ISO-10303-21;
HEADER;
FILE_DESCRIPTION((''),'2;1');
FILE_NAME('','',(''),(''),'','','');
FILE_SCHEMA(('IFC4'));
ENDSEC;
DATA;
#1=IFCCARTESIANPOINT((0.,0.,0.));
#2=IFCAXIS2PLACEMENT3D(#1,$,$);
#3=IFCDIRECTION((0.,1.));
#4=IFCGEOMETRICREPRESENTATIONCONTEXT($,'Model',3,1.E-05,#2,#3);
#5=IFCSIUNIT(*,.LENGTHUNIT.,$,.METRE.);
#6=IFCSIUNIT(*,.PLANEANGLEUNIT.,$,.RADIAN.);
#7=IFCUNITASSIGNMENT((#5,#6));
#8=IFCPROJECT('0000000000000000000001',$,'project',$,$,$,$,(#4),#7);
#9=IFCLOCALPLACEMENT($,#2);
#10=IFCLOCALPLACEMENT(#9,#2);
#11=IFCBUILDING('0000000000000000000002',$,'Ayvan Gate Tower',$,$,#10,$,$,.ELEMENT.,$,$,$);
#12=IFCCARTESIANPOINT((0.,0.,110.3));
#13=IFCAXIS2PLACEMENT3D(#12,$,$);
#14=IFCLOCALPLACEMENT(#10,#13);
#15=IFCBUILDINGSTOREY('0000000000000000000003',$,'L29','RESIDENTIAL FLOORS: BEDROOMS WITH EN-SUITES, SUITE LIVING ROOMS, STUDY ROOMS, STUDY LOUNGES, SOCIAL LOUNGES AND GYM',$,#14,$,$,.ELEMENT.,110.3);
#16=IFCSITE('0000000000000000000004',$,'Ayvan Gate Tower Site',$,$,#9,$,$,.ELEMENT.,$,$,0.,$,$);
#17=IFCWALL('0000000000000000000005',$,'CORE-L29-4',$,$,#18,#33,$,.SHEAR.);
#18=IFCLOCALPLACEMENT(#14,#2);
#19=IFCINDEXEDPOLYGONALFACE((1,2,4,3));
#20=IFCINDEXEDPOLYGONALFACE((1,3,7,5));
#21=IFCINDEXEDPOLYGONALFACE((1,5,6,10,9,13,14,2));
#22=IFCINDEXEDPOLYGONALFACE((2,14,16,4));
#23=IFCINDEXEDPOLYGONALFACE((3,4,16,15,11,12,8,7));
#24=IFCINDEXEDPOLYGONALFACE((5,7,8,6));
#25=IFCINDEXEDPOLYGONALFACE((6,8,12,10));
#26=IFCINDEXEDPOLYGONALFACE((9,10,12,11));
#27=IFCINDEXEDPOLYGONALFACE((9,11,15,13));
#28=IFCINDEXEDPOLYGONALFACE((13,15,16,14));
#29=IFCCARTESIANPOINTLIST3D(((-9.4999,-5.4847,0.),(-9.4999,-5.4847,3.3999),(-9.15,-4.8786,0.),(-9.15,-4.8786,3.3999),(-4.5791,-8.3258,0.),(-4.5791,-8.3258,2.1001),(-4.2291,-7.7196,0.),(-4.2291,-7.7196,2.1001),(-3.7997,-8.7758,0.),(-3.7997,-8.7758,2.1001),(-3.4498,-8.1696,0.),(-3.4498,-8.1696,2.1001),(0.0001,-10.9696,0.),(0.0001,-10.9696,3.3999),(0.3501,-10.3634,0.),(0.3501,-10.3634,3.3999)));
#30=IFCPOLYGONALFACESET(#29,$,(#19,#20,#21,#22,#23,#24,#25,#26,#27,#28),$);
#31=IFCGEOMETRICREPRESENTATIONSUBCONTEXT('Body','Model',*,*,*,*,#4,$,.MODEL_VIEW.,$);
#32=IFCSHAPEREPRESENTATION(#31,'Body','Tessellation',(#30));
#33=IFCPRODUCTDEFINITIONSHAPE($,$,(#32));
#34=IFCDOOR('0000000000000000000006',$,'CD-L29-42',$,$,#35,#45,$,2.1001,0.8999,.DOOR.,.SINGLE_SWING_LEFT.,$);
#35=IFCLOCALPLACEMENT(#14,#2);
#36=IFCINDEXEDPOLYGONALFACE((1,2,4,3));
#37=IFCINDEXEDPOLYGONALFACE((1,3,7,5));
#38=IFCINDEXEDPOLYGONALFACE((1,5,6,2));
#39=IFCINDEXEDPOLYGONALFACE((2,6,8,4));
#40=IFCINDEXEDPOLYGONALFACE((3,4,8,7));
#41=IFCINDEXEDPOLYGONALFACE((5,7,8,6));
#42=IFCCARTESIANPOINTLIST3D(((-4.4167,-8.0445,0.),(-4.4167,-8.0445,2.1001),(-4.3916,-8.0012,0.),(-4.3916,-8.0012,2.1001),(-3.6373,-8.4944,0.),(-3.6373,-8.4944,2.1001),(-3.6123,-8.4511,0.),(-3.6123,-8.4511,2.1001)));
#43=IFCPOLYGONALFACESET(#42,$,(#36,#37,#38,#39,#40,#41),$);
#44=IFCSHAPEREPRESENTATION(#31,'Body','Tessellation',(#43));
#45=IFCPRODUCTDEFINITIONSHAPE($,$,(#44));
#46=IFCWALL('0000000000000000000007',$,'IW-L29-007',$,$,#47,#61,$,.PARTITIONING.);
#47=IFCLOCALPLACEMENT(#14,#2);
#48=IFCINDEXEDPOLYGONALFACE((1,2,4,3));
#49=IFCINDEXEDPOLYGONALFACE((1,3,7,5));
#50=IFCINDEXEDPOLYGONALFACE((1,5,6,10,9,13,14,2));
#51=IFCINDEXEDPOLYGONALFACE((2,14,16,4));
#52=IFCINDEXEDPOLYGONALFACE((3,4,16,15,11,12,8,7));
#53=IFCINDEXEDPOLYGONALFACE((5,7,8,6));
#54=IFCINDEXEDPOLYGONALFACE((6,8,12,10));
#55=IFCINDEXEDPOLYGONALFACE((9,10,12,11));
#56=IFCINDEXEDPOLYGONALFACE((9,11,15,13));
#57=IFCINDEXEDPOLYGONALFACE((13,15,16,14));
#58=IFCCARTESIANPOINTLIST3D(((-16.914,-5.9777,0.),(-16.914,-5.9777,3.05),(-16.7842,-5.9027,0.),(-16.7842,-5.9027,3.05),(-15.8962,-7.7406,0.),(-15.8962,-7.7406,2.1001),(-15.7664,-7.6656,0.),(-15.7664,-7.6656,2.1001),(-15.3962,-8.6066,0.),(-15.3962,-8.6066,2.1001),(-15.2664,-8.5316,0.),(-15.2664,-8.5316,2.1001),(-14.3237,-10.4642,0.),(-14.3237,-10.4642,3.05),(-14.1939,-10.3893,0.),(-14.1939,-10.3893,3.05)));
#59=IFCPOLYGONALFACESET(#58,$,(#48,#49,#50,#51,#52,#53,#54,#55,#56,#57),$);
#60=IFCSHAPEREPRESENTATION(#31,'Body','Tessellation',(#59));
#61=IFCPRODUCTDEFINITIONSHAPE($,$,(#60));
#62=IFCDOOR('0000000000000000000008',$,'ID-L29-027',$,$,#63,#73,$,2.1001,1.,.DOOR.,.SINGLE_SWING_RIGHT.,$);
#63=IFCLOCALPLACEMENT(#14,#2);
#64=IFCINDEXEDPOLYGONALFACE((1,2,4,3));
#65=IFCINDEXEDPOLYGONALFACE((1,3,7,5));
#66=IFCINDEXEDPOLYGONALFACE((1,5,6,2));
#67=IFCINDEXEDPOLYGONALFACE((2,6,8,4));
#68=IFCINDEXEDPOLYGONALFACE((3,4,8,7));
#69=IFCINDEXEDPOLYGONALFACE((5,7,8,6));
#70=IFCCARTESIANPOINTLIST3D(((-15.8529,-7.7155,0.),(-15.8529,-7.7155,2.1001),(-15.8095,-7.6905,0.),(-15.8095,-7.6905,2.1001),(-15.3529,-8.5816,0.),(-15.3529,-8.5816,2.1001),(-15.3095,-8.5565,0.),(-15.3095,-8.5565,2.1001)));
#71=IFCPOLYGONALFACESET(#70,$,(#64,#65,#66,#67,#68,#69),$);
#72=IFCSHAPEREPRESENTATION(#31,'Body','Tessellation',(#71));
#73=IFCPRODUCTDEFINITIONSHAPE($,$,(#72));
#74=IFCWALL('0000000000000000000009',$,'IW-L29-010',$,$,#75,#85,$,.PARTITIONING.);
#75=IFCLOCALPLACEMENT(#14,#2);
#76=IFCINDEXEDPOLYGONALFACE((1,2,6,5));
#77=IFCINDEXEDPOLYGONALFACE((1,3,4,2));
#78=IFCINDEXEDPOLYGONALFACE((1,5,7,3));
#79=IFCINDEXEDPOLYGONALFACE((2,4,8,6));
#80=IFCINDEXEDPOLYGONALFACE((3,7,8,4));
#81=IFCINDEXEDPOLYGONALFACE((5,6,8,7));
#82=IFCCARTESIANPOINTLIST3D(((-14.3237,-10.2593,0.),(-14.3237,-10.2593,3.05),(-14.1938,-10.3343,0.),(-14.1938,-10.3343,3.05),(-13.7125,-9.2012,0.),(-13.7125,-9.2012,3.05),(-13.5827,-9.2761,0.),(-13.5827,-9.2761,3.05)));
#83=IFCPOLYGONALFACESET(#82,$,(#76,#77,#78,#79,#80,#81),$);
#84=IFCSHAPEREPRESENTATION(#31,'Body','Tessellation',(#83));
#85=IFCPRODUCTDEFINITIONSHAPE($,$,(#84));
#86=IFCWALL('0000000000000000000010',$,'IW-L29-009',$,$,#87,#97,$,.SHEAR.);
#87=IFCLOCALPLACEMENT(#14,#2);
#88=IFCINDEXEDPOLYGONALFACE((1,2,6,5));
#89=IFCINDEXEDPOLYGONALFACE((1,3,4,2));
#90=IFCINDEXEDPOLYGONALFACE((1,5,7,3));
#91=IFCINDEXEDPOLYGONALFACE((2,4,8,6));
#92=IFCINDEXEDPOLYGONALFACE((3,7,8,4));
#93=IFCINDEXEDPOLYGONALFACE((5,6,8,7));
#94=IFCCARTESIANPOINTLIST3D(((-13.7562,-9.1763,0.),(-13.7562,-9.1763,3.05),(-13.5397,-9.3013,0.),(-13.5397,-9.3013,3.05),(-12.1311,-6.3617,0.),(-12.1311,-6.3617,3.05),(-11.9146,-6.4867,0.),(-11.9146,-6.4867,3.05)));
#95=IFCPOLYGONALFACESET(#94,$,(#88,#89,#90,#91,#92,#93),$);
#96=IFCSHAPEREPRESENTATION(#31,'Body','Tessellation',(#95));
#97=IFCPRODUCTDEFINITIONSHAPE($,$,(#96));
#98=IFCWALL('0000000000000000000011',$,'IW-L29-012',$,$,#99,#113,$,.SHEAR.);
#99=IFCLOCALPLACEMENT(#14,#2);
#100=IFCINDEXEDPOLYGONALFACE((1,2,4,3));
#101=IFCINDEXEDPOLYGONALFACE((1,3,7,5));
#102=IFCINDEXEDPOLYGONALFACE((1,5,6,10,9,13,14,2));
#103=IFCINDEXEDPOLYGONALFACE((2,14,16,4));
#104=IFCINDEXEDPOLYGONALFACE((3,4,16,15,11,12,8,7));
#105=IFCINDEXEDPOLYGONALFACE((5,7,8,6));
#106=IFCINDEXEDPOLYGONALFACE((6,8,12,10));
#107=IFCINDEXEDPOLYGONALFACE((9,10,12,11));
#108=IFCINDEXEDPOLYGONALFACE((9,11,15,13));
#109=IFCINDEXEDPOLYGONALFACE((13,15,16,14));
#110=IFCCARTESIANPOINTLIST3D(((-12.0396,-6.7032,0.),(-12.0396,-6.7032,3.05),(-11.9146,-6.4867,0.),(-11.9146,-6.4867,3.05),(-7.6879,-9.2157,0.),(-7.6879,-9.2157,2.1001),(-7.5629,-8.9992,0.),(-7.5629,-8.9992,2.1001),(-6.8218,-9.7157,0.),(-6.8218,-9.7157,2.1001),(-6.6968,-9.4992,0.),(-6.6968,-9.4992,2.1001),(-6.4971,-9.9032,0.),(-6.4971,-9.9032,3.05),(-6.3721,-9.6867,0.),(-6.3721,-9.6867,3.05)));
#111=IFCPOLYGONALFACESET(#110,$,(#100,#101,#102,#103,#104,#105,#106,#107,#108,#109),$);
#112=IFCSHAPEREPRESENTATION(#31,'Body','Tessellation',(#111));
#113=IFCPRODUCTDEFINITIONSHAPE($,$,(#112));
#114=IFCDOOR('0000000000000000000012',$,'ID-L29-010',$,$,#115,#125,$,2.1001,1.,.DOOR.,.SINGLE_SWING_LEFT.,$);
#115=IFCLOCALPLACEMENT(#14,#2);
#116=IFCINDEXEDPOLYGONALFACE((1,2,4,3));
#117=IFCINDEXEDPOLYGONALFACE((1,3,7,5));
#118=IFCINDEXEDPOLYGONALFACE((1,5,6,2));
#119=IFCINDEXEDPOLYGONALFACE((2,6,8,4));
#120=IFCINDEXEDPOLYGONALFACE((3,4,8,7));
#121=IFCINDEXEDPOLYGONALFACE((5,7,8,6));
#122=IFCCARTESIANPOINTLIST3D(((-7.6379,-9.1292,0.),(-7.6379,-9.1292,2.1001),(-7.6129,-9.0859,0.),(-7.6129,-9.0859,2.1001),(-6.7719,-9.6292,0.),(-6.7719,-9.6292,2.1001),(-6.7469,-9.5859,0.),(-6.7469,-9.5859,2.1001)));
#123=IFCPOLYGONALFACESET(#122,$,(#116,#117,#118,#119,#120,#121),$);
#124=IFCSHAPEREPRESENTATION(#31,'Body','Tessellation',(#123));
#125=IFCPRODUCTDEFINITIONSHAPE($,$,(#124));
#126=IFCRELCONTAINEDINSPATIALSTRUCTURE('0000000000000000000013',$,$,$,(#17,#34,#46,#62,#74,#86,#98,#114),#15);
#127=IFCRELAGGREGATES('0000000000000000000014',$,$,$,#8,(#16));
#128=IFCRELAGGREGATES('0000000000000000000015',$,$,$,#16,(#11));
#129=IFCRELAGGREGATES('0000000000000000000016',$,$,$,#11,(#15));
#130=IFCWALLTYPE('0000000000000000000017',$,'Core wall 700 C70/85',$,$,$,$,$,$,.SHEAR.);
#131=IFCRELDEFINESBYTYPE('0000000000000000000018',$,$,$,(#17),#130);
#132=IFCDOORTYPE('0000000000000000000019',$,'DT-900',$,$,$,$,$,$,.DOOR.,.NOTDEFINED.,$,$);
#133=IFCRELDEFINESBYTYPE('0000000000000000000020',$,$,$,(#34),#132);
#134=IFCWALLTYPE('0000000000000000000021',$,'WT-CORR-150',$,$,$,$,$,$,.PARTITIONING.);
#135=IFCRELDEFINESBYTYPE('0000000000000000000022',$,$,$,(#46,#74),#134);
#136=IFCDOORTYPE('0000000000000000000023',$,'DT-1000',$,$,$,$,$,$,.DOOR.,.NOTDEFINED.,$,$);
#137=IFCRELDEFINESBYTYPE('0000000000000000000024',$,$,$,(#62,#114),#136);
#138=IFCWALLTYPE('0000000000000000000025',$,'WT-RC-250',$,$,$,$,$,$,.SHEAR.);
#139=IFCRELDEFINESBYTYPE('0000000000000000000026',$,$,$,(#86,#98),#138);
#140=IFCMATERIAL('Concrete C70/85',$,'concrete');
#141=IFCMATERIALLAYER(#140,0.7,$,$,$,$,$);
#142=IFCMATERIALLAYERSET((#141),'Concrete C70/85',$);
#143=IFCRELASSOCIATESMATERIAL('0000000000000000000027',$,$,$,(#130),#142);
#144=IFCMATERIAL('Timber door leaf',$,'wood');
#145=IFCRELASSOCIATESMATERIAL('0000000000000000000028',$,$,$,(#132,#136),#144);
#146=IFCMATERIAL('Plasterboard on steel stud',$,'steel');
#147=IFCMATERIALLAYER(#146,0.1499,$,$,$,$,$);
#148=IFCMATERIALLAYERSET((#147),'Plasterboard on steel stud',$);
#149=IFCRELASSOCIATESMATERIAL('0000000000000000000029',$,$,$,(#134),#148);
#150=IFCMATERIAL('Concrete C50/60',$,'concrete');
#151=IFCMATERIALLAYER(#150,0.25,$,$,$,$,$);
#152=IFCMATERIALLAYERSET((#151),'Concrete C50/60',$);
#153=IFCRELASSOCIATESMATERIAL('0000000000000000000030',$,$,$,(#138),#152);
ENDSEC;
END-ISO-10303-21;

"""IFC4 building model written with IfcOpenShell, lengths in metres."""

from ifc_helpers import new_model, si_unit, direction, frame, frame_2d, origin, place, context, subcontext, project, spatial, rectangle, extrude, material, layer, layer_set, type_object, element, fill, save


model = new_model("IFC4")

# Units and contexts
model_context = context("Model", 3, precision=1e-05, world=origin(), true_north=direction((0.0, 1.0)))
body_context = subcontext(model_context, "Body", "Model", "MODEL_VIEW")
ifc_project = project(units=[si_unit("LENGTHUNIT", "METRE"), si_unit("PLANEANGLEUNIT", "RADIAN")], contexts=[model_context])

# Site, building, storey
site_placement = place(None, origin())
site = spatial("IfcSite", under=ifc_project, at=site_placement, Name="Ayvan Gate Tower Site", CompositionType="ELEMENT", RefElevation=0.0)
building_placement = place(site_placement, origin())
building = spatial("IfcBuilding", under=site, at=building_placement, Name="Ayvan Gate Tower", CompositionType="ELEMENT")
storey_placement = place(building_placement, frame((0.0, 0.0, 110.3)))
storey = spatial("IfcBuildingStorey", under=building, at=storey_placement, Name="L29", Description="RESIDENTIAL FLOORS: BEDROOMS WITH EN-SUITES, SUITE LIVING ROOMS, STUDY ROOMS, STUDY LOUNGES, SOCIAL LOUNGES AND GYM", CompositionType="ELEMENT", Elevation=110.3)

# Walls, openings, doors
ifc_material_1 = material(Name="Concrete C70/85", Category="concrete")
ifc_layer_1 = layer(ifc_material_1, 0.7)
ifc_layer_set_1 = layer_set([ifc_layer_1], Name="Concrete C70/85")
wall_type_1 = type_object("IfcWallType", Name="Core wall 700 C70/85", PredefinedType="SHEAR", material=ifc_layer_set_1)
wall_1_placement = place(storey_placement, frame((-9.325, -5.1816, 0.0), z_axis=(0.0, 0.0, 1.0), x_axis=(0.866024, -0.500002, 0.0)))
wall_1 = element("IfcWall", 1, at=wall_1_placement, inside=storey, type_object=wall_type_1, Name="CORE-L29-4", PredefinedType="SHEAR", context=body_context, shape_type="SweptSolid", body=[
    extrude(rectangle(XDim=10.9697, YDim=0.7, at=frame_2d((5.4849, 0.0))), origin(), (0.0, 0.0, 1.0), 3.3999),
])
opening_1_placement = place(wall_1_placement, frame((5.6821, 0.0, 0.0)))
opening_1 = element("IfcOpeningElement", 2, at=opening_1_placement, cuts=wall_1, PredefinedType="OPENING", context=body_context, shape_type="SweptSolid", body=[
    extrude(rectangle(XDim=0.8999, YDim=2.1001, at=frame_2d((0.45, 1.05))), frame((0.0, 0.3599, 0.0), z_axis=(0.0, -1.0, 0.0), x_axis=(1.0, 0.0, 0.0)), (0.0, 0.0, 1.0), 0.72),
])
ifc_material_2 = material(Name="Timber door leaf", Category="wood")
door_type_1 = type_object("IfcDoorType", Name="DT-900", OperationType="NOTDEFINED", PredefinedType="DOOR", material=ifc_material_2)
door_1_placement = place(opening_1_placement, origin())
door_1 = element("IfcDoor", 3, at=door_1_placement, inside=storey, type_object=door_type_1, Name="CD-L29-42", OperationType="SINGLE_SWING_LEFT", OverallHeight=2.1001, OverallWidth=0.8999, PredefinedType="DOOR", context=body_context, shape_type="SweptSolid", body=[
    extrude(rectangle(XDim=0.8999, YDim=2.1001, at=frame_2d((0.45, 1.05))), frame((0.0, 0.0249, 0.0), z_axis=(0.0, -1.0, 0.0), x_axis=(1.0, 0.0, 0.0)), (0.0, 0.0, 1.0), 0.05),
])
fill(opening_1, door_1)
ifc_material_3 = material(Name="Plasterboard on steel stud", Category="steel")
ifc_layer_2 = layer(ifc_material_3, 0.1499)
ifc_layer_set_2 = layer_set([ifc_layer_2], Name="Plasterboard on steel stud")
wall_type_2 = type_object("IfcWallType", Name="WT-CORR-150", PredefinedType="PARTITIONING", material=ifc_layer_set_2)
wall_2_placement = place(storey_placement, frame((-14.2588, -10.4268, 0.0), z_axis=(0.0, 0.0, 1.0), x_axis=(-0.500001, 0.866025, 0.0)))
wall_2 = element("IfcWall", 4, at=wall_2_placement, inside=storey, type_object=wall_type_2, Name="IW-L29-007", PredefinedType="PARTITIONING", context=body_context, shape_type="SweptSolid", body=[
    extrude(rectangle(XDim=5.1807, YDim=0.1499, at=frame_2d((2.5903, 0.0))), origin(), (0.0, 0.0, 1.0), 3.05),
])
opening_2_placement = place(wall_2_placement, frame((2.145, 0.0, 0.0)))
opening_2 = element("IfcOpeningElement", 5, at=opening_2_placement, cuts=wall_2, PredefinedType="OPENING", context=body_context, shape_type="SweptSolid", body=[
    extrude(rectangle(XDim=1.0, YDim=2.1001, at=frame_2d((0.5, 1.05))), frame((0.0, 0.085, 0.0), z_axis=(0.0, -1.0, 0.0), x_axis=(1.0, 0.0, 0.0)), (0.0, 0.0, 1.0), 0.1699),
])
door_type_2 = type_object("IfcDoorType", Name="DT-1000", OperationType="NOTDEFINED", PredefinedType="DOOR", material=ifc_material_2)
door_2_placement = place(opening_2_placement, origin())
door_2 = element("IfcDoor", 6, at=door_2_placement, inside=storey, type_object=door_type_2, Name="ID-L29-027", OperationType="SINGLE_SWING_RIGHT", OverallHeight=2.1001, OverallWidth=1.0, PredefinedType="DOOR", context=body_context, shape_type="SweptSolid", body=[
    extrude(rectangle(XDim=1.0, YDim=2.1001, at=frame_2d((0.5, 1.05))), frame((0.0, 0.0249, 0.0), z_axis=(0.0, -1.0, 0.0), x_axis=(1.0, 0.0, 0.0)), (0.0, 0.0, 1.0), 0.05),
])
fill(opening_2, door_2)

# Walls
wall_3_placement = place(storey_placement, frame((-13.6477, -9.2388, 0.0), z_axis=(0.0, 0.0, 1.0), x_axis=(-0.500114, -0.865959, 0.0)))
element("IfcWall", 7, at=wall_3_placement, inside=storey, type_object=wall_type_2, Name="IW-L29-010", PredefinedType="PARTITIONING", context=body_context, shape_type="SweptSolid", body=[
    extrude(rectangle(XDim=1.2219, YDim=0.1499, at=frame_2d((0.6108, 0.0))), origin(), (0.0, 0.0, 1.0), 3.05),
])
ifc_material_4 = material(Name="Concrete C50/60", Category="concrete")
ifc_layer_3 = layer(ifc_material_4, 0.25)
ifc_layer_set_3 = layer_set([ifc_layer_3], Name="Concrete C50/60")
wall_type_3 = type_object("IfcWallType", Name="WT-RC-250", PredefinedType="SHEAR", material=ifc_layer_set_3)
wall_4_placement = place(storey_placement, frame((-13.6479, -9.2388, 0.0), z_axis=(0.0, 0.0, 1.0), x_axis=(0.500017, 0.866015, 0.0)))
element("IfcWall", 8, at=wall_4_placement, inside=storey, type_object=wall_type_3, Name="IW-L29-009", PredefinedType="SHEAR", context=body_context, shape_type="SweptSolid", body=[
    extrude(rectangle(XDim=3.25, YDim=0.25, at=frame_2d((1.625, 0.0))), origin(), (0.0, 0.0, 1.0), 3.05),
])

# Wall, opening, door
wall_5_placement = place(storey_placement, frame((-11.9771, -6.595, 0.0), z_axis=(0.0, 0.0, 1.0), x_axis=(0.866025, -0.5, 0.0)))
wall_5 = element("IfcWall", 9, at=wall_5_placement, inside=storey, type_object=wall_type_3, Name="IW-L29-012", PredefinedType="SHEAR", context=body_context, shape_type="SweptSolid", body=[
    extrude(rectangle(XDim=6.3999, YDim=0.25, at=frame_2d((3.2, 0.0))), origin(), (0.0, 0.0, 1.0), 3.05),
])
opening_3_placement = place(wall_5_placement, frame((5.0249, 0.0, 0.0)))
opening_3 = element("IfcOpeningElement", 10, at=opening_3_placement, cuts=wall_5, PredefinedType="OPENING", context=body_context, shape_type="SweptSolid", body=[
    extrude(rectangle(XDim=1.0, YDim=2.1001, at=frame_2d((0.5, 1.05))), frame((0.0, 0.135, 0.0), z_axis=(0.0, -1.0, 0.0), x_axis=(1.0, 0.0, 0.0)), (0.0, 0.0, 1.0), 0.27),
])
door_3_placement = place(opening_3_placement, origin())
door_3 = element("IfcDoor", 11, at=door_3_placement, inside=storey, type_object=door_type_2, Name="ID-L29-010", OperationType="SINGLE_SWING_LEFT", OverallHeight=2.1001, OverallWidth=1.0, PredefinedType="DOOR", context=body_context, shape_type="SweptSolid", body=[
    extrude(rectangle(XDim=1.0, YDim=2.1001, at=frame_2d((0.5, 1.05))), frame((0.0, 0.0249, 0.0), z_axis=(0.0, -1.0, 0.0), x_axis=(1.0, 0.0, 0.0)), (0.0, 0.0, 1.0), 0.05),
])
fill(opening_3, door_3)

save(model, "model.ifc")
